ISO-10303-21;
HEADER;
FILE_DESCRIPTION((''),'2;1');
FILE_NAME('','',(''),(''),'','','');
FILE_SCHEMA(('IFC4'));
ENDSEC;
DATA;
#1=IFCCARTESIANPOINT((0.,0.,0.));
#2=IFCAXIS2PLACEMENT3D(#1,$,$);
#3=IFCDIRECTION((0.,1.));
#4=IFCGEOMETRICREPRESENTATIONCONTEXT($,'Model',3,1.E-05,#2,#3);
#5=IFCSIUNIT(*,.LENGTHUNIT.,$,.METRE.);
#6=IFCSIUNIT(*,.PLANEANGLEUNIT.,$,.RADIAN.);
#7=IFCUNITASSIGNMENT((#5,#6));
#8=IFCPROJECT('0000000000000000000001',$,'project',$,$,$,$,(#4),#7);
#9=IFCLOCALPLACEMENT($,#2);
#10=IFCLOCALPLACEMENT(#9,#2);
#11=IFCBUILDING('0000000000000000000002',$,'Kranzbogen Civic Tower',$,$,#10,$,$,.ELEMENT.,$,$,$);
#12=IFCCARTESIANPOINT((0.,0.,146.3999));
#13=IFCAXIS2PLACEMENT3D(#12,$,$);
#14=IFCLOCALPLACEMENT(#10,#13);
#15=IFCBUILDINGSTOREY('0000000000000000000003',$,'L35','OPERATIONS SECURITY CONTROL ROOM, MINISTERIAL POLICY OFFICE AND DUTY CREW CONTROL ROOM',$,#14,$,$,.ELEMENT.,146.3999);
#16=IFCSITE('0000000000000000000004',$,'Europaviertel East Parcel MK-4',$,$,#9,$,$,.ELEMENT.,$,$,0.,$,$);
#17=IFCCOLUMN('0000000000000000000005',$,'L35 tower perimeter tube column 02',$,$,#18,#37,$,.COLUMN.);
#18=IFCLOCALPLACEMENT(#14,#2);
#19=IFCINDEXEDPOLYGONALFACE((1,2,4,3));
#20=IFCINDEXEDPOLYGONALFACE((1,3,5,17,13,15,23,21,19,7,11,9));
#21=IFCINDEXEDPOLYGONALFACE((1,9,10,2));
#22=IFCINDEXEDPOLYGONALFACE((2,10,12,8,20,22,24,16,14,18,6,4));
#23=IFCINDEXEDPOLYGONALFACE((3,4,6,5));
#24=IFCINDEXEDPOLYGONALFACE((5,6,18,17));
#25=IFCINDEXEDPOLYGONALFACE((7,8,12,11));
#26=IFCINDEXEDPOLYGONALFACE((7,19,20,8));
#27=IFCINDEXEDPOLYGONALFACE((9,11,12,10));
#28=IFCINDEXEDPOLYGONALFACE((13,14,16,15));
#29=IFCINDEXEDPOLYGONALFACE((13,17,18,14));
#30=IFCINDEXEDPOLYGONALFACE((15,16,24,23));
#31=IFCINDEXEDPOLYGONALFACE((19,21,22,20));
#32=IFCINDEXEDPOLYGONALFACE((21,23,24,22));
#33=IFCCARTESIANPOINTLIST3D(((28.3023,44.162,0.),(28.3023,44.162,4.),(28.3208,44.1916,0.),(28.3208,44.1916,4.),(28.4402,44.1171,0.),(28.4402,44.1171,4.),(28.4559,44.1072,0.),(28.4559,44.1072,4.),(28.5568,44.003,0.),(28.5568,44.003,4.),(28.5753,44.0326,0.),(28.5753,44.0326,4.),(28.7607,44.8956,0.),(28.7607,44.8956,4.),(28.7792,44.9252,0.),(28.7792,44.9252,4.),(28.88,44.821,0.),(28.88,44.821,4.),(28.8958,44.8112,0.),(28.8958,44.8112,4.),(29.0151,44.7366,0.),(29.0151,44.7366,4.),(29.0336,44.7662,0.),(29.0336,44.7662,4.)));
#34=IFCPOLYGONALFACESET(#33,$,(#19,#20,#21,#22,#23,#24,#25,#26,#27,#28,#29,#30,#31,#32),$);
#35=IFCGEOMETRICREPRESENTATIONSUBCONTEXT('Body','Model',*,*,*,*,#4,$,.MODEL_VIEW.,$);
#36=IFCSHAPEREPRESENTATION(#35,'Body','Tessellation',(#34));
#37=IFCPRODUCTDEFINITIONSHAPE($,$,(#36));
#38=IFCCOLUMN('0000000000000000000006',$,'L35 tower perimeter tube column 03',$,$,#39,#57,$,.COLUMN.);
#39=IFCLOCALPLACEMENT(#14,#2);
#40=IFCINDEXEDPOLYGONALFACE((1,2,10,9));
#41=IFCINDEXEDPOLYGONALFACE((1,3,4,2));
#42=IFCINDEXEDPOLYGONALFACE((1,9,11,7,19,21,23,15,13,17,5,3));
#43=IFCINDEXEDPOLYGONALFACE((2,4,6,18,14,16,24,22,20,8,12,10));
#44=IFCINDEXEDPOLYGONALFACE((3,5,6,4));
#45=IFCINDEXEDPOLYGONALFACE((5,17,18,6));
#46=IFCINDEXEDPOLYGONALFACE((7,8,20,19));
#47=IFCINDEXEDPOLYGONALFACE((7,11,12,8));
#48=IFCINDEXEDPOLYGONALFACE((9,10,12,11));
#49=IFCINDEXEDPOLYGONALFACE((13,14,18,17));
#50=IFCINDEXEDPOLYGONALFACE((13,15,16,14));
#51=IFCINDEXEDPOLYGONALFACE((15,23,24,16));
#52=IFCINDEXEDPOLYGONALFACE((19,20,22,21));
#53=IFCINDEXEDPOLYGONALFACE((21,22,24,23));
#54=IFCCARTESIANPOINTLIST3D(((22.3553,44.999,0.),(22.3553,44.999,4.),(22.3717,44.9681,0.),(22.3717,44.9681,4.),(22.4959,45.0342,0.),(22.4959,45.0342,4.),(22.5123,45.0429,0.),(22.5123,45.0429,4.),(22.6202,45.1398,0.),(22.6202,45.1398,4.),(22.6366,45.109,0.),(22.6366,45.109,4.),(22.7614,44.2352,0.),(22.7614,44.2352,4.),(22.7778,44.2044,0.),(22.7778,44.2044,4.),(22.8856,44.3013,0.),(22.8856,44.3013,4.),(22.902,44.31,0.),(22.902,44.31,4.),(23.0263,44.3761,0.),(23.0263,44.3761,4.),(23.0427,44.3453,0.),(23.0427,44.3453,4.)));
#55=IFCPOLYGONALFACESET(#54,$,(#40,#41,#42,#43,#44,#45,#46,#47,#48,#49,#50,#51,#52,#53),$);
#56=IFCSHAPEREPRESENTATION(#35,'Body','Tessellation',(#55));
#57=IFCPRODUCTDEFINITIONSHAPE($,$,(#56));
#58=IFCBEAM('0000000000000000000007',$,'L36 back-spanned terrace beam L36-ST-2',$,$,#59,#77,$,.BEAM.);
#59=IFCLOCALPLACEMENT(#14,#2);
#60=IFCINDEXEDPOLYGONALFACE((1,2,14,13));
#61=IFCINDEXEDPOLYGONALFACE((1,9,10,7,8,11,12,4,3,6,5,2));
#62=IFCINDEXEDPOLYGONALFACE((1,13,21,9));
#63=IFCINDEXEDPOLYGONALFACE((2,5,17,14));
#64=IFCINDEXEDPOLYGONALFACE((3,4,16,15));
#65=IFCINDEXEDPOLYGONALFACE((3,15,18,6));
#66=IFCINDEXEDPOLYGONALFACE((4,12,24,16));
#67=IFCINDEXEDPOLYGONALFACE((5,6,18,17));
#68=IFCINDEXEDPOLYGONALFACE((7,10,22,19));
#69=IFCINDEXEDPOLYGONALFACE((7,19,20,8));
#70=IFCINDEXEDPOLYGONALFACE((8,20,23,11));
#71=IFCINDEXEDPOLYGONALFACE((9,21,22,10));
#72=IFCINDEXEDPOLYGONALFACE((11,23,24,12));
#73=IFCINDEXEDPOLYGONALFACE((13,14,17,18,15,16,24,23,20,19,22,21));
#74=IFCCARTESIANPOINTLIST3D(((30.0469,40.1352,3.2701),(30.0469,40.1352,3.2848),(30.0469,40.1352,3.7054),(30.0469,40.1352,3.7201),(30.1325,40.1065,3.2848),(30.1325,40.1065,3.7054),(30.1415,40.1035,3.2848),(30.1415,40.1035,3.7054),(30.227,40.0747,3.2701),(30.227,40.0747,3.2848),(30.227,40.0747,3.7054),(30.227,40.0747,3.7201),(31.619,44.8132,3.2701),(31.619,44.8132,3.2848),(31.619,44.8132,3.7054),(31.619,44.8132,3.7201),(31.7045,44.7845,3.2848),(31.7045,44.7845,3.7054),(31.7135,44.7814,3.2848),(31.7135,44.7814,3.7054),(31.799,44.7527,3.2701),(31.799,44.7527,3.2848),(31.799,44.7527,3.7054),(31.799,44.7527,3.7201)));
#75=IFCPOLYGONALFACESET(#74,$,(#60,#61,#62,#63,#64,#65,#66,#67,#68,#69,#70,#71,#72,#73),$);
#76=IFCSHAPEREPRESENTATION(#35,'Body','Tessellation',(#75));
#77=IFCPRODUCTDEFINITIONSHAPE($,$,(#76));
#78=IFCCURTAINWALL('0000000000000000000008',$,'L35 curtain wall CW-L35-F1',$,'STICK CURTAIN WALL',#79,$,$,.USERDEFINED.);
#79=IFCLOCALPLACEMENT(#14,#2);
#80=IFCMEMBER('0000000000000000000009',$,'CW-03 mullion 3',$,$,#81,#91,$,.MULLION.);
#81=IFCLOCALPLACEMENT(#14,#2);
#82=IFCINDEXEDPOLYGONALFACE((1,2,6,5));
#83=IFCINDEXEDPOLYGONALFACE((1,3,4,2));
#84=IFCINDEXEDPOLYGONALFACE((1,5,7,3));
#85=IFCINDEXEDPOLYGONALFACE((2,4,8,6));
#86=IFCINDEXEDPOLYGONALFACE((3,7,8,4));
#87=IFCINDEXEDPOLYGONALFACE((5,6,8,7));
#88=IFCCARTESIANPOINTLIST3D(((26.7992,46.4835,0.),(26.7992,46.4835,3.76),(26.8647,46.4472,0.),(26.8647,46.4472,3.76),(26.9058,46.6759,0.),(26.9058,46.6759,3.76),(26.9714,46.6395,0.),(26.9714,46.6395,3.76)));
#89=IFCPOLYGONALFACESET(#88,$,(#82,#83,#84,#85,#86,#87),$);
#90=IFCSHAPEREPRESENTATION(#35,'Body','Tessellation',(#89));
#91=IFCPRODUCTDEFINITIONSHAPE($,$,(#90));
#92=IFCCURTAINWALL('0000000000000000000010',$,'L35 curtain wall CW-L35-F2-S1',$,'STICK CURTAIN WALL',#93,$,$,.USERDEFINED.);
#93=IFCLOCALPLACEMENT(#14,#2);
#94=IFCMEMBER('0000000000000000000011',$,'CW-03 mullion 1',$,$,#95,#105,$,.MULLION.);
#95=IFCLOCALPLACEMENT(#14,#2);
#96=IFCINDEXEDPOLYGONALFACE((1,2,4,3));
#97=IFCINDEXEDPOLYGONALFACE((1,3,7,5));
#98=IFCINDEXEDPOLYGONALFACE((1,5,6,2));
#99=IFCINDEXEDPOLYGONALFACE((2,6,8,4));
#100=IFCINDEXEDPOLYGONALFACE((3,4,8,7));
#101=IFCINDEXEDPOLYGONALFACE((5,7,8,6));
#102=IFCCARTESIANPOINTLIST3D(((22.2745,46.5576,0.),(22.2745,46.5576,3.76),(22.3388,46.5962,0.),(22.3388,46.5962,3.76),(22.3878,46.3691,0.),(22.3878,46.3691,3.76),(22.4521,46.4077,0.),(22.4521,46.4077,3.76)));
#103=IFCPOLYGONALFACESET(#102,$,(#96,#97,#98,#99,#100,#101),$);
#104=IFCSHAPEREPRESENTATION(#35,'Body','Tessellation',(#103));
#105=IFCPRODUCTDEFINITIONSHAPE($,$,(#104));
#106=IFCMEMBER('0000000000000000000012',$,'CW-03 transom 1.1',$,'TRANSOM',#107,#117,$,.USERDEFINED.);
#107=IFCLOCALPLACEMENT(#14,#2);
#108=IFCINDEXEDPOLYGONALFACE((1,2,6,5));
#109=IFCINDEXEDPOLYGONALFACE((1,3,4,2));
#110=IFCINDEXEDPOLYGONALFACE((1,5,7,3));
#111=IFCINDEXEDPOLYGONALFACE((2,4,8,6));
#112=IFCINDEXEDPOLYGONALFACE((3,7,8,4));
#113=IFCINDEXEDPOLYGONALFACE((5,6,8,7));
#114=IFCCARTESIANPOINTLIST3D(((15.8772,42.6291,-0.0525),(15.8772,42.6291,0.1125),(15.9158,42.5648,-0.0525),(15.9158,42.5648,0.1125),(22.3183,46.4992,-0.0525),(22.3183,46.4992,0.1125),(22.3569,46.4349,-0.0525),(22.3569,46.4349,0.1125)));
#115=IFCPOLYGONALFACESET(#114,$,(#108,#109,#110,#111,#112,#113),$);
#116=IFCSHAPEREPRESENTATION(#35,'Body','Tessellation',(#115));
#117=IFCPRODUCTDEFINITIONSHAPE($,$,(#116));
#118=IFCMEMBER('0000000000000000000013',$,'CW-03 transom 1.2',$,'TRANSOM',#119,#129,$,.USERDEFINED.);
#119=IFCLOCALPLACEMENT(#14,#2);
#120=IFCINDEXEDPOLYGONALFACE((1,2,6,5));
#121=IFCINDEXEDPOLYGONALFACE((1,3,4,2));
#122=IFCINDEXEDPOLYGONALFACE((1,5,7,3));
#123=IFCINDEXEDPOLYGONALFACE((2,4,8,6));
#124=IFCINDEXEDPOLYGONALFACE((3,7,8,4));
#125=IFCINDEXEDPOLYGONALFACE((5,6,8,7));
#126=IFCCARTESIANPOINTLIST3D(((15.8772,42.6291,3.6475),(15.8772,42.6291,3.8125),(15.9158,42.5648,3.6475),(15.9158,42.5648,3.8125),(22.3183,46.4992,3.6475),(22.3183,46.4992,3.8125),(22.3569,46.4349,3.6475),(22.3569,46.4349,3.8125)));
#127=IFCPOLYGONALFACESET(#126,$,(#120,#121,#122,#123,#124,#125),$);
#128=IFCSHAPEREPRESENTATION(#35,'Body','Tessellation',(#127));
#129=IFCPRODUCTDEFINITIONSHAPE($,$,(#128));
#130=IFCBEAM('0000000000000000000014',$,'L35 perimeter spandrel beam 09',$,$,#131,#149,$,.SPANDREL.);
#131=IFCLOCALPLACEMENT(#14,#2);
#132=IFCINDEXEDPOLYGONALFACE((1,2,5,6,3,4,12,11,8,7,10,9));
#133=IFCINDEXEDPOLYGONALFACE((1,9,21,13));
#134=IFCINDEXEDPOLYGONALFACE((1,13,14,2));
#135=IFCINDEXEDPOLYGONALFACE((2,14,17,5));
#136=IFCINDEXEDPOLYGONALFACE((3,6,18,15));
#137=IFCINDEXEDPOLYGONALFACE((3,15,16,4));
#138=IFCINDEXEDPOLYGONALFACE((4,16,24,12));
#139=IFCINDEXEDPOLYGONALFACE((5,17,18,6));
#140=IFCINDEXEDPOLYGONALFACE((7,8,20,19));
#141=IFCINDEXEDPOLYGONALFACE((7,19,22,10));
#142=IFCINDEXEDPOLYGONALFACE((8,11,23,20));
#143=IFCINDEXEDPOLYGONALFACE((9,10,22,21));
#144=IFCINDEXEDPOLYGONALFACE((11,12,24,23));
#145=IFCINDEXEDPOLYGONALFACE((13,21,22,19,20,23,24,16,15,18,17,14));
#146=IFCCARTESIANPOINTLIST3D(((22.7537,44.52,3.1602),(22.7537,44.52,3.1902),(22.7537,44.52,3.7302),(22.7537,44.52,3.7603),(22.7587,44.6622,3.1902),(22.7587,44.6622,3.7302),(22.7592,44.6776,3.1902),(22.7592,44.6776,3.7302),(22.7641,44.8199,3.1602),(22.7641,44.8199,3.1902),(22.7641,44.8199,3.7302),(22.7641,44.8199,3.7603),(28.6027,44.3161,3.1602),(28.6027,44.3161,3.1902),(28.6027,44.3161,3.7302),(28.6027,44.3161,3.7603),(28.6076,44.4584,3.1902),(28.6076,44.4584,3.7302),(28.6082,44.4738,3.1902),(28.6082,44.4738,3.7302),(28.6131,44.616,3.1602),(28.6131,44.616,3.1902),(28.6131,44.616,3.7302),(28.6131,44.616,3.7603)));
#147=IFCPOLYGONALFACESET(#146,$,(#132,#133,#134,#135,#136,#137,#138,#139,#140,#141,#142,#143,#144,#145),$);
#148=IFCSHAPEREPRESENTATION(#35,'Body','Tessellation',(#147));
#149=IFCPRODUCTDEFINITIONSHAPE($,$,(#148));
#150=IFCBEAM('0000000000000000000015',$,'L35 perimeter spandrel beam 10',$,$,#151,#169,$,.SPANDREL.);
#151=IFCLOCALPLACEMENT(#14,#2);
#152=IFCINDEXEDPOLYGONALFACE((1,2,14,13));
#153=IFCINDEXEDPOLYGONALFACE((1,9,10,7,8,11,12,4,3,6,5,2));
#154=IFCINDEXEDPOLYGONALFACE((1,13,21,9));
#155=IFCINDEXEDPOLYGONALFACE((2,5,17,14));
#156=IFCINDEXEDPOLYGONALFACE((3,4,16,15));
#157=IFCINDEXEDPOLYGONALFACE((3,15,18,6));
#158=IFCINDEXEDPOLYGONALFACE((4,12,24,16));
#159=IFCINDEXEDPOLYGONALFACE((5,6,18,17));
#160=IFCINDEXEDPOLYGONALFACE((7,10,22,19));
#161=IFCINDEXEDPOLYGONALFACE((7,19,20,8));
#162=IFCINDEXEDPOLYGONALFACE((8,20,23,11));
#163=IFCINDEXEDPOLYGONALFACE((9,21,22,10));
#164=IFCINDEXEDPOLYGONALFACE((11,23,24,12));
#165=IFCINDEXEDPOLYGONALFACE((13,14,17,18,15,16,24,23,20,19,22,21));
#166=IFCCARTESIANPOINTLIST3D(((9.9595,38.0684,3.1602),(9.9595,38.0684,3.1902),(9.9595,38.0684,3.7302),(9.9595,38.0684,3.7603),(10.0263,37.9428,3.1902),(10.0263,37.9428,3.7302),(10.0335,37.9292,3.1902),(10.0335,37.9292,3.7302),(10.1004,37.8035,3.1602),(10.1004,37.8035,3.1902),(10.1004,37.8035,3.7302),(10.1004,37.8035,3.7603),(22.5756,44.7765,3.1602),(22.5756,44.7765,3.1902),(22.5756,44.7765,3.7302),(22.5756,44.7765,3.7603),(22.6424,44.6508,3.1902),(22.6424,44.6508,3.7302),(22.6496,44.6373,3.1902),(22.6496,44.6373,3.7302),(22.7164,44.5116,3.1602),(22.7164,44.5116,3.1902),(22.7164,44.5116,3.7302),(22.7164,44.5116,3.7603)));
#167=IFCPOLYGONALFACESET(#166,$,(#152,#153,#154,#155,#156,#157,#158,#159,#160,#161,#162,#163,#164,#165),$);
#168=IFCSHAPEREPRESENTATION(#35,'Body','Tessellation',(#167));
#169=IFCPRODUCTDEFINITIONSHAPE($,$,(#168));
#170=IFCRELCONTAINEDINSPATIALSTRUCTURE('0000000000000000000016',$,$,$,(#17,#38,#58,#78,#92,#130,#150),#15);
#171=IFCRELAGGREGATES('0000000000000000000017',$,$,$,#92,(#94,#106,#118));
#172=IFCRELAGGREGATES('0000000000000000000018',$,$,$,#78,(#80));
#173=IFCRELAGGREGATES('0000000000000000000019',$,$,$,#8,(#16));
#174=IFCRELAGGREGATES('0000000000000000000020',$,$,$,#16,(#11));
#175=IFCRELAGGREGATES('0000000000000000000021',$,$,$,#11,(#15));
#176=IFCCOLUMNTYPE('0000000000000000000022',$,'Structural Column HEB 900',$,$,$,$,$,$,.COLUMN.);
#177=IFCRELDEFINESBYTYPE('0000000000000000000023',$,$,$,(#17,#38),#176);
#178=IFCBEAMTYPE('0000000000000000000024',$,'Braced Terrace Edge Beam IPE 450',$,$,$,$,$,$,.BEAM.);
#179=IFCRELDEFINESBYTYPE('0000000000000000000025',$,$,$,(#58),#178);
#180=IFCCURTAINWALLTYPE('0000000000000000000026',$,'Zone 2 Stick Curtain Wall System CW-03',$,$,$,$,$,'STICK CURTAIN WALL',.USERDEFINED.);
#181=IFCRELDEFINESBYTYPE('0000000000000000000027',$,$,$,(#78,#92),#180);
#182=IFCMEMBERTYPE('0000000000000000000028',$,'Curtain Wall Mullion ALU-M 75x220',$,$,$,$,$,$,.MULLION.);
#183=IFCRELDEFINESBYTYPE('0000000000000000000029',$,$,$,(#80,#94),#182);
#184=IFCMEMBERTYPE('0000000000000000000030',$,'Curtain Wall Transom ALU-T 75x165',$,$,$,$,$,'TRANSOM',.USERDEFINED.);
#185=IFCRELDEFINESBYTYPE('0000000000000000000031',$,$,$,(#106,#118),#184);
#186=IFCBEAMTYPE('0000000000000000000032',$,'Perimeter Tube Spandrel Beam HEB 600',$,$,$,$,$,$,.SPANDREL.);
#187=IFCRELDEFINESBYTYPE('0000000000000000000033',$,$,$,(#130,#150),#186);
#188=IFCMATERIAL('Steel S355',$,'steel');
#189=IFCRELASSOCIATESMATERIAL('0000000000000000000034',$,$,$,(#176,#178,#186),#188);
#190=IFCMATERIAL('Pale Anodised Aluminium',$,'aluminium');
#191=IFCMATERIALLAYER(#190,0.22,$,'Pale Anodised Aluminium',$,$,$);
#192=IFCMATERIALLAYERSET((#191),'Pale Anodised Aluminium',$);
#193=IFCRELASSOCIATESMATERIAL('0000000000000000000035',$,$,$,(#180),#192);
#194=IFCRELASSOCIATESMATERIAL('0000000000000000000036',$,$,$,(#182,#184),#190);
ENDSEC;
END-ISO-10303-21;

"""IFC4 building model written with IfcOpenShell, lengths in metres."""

from ifc_helpers import new_model, si_unit, direction, frame, origin, origin_2d, place, context, subcontext, project, spatial, rectangle, i_section, extrude, material, layer, layer_set, material_profile, profile_set, type_object, element, aggregate, save


model = new_model("IFC4")

# Units and contexts
model_context = context("Model", 3, precision=1e-05, world=origin(), true_north=direction((0.0, 1.0)))
body_context = subcontext(model_context, "Body", "Model", "MODEL_VIEW")
ifc_project = project(units=[si_unit("LENGTHUNIT", "METRE"), si_unit("PLANEANGLEUNIT", "RADIAN")], contexts=[model_context])

# Site, building, storey
site_placement = place(None, origin())
site = spatial("IfcSite", under=ifc_project, at=site_placement, Name="Europaviertel East Parcel MK-4", CompositionType="ELEMENT", RefElevation=0.0)
building_placement = place(site_placement, origin())
building = spatial("IfcBuilding", under=site, at=building_placement, Name="Kranzbogen Civic Tower", CompositionType="ELEMENT")
storey_placement = place(building_placement, frame((0.0, 0.0, 146.3999)))
storey = spatial("IfcBuildingStorey", under=building, at=storey_placement, Name="L35", Description="OPERATIONS SECURITY CONTROL ROOM, MINISTERIAL POLICY OFFICE AND DUTY CREW CONTROL ROOM", CompositionType="ELEMENT", Elevation=146.3999)

# Columns
ifc_material_1 = material(Name="Steel S355", Category="steel")
ifc_material_profile_1 = material_profile(ifc_material_1, i_section(OverallWidth=0.3, OverallDepth=0.8999, WebThickness=0.0186, FlangeThickness=0.0349, at=origin_2d()), Name="HEB 900")
ifc_profile_set_1 = profile_set([ifc_material_profile_1], Name="Steel S355")
column_type = type_object("IfcColumnType", Name="Structural Column HEB 900", PredefinedType="COLUMN", material=ifc_profile_set_1)
for number, where, z_axis, x_axis, name in (
    (1, (28.668, 44.4641, 0.0), (0.0, 0.0, 1.0), (-0.848048, 0.529919, 0.0), "L35 tower perimeter tube column 02"),
    (2, (22.699, 44.6721, 0.0), (0.0, 0.0, 1.0), (0.882948, 0.469472, 0.0), "L35 tower perimeter tube column 03"),
):
    element("IfcColumn", number, at=place(storey_placement, frame(where, z_axis=z_axis, x_axis=x_axis)), inside=storey, type_object=column_type, Name=name, PredefinedType="COLUMN", context=body_context, shape_type="SweptSolid", body=[
        extrude(i_section(OverallWidth=0.3, OverallDepth=0.8999, WebThickness=0.0186, FlangeThickness=0.0349, at=origin_2d()), origin(), (0.0, 0.0, 1.0), 4.0),
    ])

# Beam
ifc_material_profile_2 = material_profile(ifc_material_1, i_section(OverallWidth=0.1899, OverallDepth=0.45, WebThickness=0.0095, FlangeThickness=0.0146, at=origin_2d()), Name="IPE 450")
ifc_profile_set_2 = profile_set([ifc_material_profile_2], Name="Steel S355")
beam_type_1 = type_object("IfcBeamType", Name="Braced Terrace Edge Beam IPE 450", PredefinedType="BEAM", material=ifc_profile_set_2)
beam_1_placement = place(storey_placement, frame((30.137, 40.105, 3.4951), z_axis=(0.318542, 0.947909, 0.0), x_axis=(-0.947909, 0.318542, 0.0)))
element("IfcBeam", 3, at=beam_1_placement, inside=storey, type_object=beam_type_1, Name="L36 back-spanned terrace beam L36-ST-2", PredefinedType="BEAM", context=body_context, shape_type="SweptSolid", body=[
    extrude(i_section(OverallWidth=0.1899, OverallDepth=0.45, WebThickness=0.0095, FlangeThickness=0.0146, at=origin_2d()), origin(), (0.0, 0.0, 1.0), 4.9351),
])

# Curtain wall, member
ifc_material_2 = material(Name="Pale Anodised Aluminium", Category="aluminium")
ifc_layer_1 = layer(ifc_material_2, 0.22, Name="Pale Anodised Aluminium")
ifc_layer_set_1 = layer_set([ifc_layer_1], Name="Pale Anodised Aluminium")
curtain_wall_type = type_object("IfcCurtainWallType", Name="Zone 2 Stick Curtain Wall System CW-03", ElementType="STICK CURTAIN WALL", PredefinedType="USERDEFINED", material=ifc_layer_set_1)
curtain_wall_1_placement = place(storey_placement, origin())
curtain_wall_1 = element("IfcCurtainWall", 4, at=curtain_wall_1_placement, inside=storey, type_object=curtain_wall_type, Name="L35 curtain wall CW-L35-F1", ObjectType="STICK CURTAIN WALL", PredefinedType="USERDEFINED")
ifc_material_profile_3 = material_profile(ifc_material_2, rectangle(XDim=0.075, YDim=0.22, at=origin_2d()), Name="ALU-M 75x220")
ifc_profile_set_3 = profile_set([ifc_material_profile_3], Name="Pale Anodised Aluminium")
member_type_1 = type_object("IfcMemberType", Name="Curtain Wall Mullion ALU-M 75x220", PredefinedType="MULLION", material=ifc_profile_set_3)
member_1_placement = place(storey_placement, frame((26.8853, 46.5615, 0.0), z_axis=(0.0, 0.0, 1.0), x_axis=(-0.874613, 0.484821, 0.0)))
member_1 = element("IfcMember", 5, at=member_1_placement, type_object=member_type_1, Name="CW-03 mullion 3", PredefinedType="MULLION", context=body_context, shape_type="SweptSolid", body=[
    extrude(rectangle(XDim=0.075, YDim=0.22, at=origin_2d()), origin(), (0.0, 0.0, 1.0), 3.76),
])

# Curtain wall, members
curtain_wall_2_placement = place(storey_placement, origin())
curtain_wall_2 = element("IfcCurtainWall", 6, at=curtain_wall_2_placement, inside=storey, type_object=curtain_wall_type, Name="L35 curtain wall CW-L35-F2-S1", ObjectType="STICK CURTAIN WALL", PredefinedType="USERDEFINED")
member_2_placement = place(storey_placement, frame((22.3633, 46.4827, 0.0), z_axis=(0.0, 0.0, 1.0), x_axis=(-0.857169, -0.515035, 0.0)))
member_2 = element("IfcMember", 7, at=member_2_placement, type_object=member_type_1, Name="CW-03 mullion 1", PredefinedType="MULLION", context=body_context, shape_type="SweptSolid", body=[
    extrude(rectangle(XDim=0.075, YDim=0.22, at=origin_2d()), origin(), (0.0, 0.0, 1.0), 3.76),
])
ifc_material_profile_4 = material_profile(ifc_material_2, rectangle(XDim=0.075, YDim=0.165, at=origin_2d()), Name="ALU-T 75x165")
ifc_profile_set_4 = profile_set([ifc_material_profile_4], Name="Pale Anodised Aluminium")
member_type_2 = type_object("IfcMemberType", Name="Curtain Wall Transom ALU-T 75x165", ElementType="TRANSOM", PredefinedType="USERDEFINED", material=ifc_profile_set_4)
member_3_placement = place(storey_placement, frame((22.3376, 46.467, 0.03), z_axis=(-0.857175, -0.515026, 0.0), x_axis=(0.515026, -0.857175, 0.0)))
member_3 = element("IfcMember", 8, at=member_3_placement, type_object=member_type_2, Name="CW-03 transom 1.1", ObjectType="TRANSOM", PredefinedType="USERDEFINED", context=body_context, shape_type="SweptSolid", body=[
    extrude(rectangle(XDim=0.075, YDim=0.165, at=origin_2d()), origin(), (0.0, 0.0, 1.0), 7.5144),
])
member_4_placement = place(storey_placement, frame((22.3376, 46.467, 3.73), z_axis=(-0.857175, -0.515026, 0.0), x_axis=(0.515026, -0.857175, 0.0)))
member_4 = element("IfcMember", 9, at=member_4_placement, type_object=member_type_2, Name="CW-03 transom 1.2", ObjectType="TRANSOM", PredefinedType="USERDEFINED", context=body_context, shape_type="SweptSolid", body=[
    extrude(rectangle(XDim=0.075, YDim=0.165, at=origin_2d()), origin(), (0.0, 0.0, 1.0), 7.5144),
])
aggregate(curtain_wall_2, [member_2, member_3, member_4])

# Beams
ifc_material_profile_5 = material_profile(ifc_material_1, i_section(OverallWidth=0.3, OverallDepth=0.6001, WebThickness=0.0154, FlangeThickness=0.03, at=origin_2d()), Name="HEB 600")
ifc_profile_set_5 = profile_set([ifc_material_profile_5], Name="Steel S355")
beam_type_2 = type_object("IfcBeamType", Name="Perimeter Tube Spandrel Beam HEB 600", PredefinedType="SPANDREL", material=ifc_profile_set_5)
beam_2_placement = place(storey_placement, frame((28.6079, 44.4661, 3.4602), z_axis=(-0.999393, 0.034833, 0.0), x_axis=(-0.034833, -0.999393, 0.0)))
element("IfcBeam", 10, at=beam_2_placement, inside=storey, type_object=beam_type_2, Name="L35 perimeter spandrel beam 09", PredefinedType="SPANDREL", context=body_context, shape_type="SweptSolid", body=[
    extrude(i_section(OverallWidth=0.3, OverallDepth=0.6001, WebThickness=0.0154, FlangeThickness=0.03, at=origin_2d()), origin(), (0.0, 0.0, 1.0), 5.8525),
])
beam_3_placement = place(storey_placement, frame((22.646, 44.644, 3.4602), z_axis=(-0.882948, -0.46947, 0.0), x_axis=(0.46947, -0.882948, 0.0)))
element("IfcBeam", 11, at=beam_3_placement, inside=storey, type_object=beam_type_2, Name="L35 perimeter spandrel beam 10", PredefinedType="SPANDREL", context=body_context, shape_type="SweptSolid", body=[
    extrude(i_section(OverallWidth=0.3, OverallDepth=0.6001, WebThickness=0.0154, FlangeThickness=0.03, at=origin_2d()), origin(), (0.0, 0.0, 1.0), 14.2886),
])

aggregate(curtain_wall_1, [member_1])

save(model, "model.ifc")
